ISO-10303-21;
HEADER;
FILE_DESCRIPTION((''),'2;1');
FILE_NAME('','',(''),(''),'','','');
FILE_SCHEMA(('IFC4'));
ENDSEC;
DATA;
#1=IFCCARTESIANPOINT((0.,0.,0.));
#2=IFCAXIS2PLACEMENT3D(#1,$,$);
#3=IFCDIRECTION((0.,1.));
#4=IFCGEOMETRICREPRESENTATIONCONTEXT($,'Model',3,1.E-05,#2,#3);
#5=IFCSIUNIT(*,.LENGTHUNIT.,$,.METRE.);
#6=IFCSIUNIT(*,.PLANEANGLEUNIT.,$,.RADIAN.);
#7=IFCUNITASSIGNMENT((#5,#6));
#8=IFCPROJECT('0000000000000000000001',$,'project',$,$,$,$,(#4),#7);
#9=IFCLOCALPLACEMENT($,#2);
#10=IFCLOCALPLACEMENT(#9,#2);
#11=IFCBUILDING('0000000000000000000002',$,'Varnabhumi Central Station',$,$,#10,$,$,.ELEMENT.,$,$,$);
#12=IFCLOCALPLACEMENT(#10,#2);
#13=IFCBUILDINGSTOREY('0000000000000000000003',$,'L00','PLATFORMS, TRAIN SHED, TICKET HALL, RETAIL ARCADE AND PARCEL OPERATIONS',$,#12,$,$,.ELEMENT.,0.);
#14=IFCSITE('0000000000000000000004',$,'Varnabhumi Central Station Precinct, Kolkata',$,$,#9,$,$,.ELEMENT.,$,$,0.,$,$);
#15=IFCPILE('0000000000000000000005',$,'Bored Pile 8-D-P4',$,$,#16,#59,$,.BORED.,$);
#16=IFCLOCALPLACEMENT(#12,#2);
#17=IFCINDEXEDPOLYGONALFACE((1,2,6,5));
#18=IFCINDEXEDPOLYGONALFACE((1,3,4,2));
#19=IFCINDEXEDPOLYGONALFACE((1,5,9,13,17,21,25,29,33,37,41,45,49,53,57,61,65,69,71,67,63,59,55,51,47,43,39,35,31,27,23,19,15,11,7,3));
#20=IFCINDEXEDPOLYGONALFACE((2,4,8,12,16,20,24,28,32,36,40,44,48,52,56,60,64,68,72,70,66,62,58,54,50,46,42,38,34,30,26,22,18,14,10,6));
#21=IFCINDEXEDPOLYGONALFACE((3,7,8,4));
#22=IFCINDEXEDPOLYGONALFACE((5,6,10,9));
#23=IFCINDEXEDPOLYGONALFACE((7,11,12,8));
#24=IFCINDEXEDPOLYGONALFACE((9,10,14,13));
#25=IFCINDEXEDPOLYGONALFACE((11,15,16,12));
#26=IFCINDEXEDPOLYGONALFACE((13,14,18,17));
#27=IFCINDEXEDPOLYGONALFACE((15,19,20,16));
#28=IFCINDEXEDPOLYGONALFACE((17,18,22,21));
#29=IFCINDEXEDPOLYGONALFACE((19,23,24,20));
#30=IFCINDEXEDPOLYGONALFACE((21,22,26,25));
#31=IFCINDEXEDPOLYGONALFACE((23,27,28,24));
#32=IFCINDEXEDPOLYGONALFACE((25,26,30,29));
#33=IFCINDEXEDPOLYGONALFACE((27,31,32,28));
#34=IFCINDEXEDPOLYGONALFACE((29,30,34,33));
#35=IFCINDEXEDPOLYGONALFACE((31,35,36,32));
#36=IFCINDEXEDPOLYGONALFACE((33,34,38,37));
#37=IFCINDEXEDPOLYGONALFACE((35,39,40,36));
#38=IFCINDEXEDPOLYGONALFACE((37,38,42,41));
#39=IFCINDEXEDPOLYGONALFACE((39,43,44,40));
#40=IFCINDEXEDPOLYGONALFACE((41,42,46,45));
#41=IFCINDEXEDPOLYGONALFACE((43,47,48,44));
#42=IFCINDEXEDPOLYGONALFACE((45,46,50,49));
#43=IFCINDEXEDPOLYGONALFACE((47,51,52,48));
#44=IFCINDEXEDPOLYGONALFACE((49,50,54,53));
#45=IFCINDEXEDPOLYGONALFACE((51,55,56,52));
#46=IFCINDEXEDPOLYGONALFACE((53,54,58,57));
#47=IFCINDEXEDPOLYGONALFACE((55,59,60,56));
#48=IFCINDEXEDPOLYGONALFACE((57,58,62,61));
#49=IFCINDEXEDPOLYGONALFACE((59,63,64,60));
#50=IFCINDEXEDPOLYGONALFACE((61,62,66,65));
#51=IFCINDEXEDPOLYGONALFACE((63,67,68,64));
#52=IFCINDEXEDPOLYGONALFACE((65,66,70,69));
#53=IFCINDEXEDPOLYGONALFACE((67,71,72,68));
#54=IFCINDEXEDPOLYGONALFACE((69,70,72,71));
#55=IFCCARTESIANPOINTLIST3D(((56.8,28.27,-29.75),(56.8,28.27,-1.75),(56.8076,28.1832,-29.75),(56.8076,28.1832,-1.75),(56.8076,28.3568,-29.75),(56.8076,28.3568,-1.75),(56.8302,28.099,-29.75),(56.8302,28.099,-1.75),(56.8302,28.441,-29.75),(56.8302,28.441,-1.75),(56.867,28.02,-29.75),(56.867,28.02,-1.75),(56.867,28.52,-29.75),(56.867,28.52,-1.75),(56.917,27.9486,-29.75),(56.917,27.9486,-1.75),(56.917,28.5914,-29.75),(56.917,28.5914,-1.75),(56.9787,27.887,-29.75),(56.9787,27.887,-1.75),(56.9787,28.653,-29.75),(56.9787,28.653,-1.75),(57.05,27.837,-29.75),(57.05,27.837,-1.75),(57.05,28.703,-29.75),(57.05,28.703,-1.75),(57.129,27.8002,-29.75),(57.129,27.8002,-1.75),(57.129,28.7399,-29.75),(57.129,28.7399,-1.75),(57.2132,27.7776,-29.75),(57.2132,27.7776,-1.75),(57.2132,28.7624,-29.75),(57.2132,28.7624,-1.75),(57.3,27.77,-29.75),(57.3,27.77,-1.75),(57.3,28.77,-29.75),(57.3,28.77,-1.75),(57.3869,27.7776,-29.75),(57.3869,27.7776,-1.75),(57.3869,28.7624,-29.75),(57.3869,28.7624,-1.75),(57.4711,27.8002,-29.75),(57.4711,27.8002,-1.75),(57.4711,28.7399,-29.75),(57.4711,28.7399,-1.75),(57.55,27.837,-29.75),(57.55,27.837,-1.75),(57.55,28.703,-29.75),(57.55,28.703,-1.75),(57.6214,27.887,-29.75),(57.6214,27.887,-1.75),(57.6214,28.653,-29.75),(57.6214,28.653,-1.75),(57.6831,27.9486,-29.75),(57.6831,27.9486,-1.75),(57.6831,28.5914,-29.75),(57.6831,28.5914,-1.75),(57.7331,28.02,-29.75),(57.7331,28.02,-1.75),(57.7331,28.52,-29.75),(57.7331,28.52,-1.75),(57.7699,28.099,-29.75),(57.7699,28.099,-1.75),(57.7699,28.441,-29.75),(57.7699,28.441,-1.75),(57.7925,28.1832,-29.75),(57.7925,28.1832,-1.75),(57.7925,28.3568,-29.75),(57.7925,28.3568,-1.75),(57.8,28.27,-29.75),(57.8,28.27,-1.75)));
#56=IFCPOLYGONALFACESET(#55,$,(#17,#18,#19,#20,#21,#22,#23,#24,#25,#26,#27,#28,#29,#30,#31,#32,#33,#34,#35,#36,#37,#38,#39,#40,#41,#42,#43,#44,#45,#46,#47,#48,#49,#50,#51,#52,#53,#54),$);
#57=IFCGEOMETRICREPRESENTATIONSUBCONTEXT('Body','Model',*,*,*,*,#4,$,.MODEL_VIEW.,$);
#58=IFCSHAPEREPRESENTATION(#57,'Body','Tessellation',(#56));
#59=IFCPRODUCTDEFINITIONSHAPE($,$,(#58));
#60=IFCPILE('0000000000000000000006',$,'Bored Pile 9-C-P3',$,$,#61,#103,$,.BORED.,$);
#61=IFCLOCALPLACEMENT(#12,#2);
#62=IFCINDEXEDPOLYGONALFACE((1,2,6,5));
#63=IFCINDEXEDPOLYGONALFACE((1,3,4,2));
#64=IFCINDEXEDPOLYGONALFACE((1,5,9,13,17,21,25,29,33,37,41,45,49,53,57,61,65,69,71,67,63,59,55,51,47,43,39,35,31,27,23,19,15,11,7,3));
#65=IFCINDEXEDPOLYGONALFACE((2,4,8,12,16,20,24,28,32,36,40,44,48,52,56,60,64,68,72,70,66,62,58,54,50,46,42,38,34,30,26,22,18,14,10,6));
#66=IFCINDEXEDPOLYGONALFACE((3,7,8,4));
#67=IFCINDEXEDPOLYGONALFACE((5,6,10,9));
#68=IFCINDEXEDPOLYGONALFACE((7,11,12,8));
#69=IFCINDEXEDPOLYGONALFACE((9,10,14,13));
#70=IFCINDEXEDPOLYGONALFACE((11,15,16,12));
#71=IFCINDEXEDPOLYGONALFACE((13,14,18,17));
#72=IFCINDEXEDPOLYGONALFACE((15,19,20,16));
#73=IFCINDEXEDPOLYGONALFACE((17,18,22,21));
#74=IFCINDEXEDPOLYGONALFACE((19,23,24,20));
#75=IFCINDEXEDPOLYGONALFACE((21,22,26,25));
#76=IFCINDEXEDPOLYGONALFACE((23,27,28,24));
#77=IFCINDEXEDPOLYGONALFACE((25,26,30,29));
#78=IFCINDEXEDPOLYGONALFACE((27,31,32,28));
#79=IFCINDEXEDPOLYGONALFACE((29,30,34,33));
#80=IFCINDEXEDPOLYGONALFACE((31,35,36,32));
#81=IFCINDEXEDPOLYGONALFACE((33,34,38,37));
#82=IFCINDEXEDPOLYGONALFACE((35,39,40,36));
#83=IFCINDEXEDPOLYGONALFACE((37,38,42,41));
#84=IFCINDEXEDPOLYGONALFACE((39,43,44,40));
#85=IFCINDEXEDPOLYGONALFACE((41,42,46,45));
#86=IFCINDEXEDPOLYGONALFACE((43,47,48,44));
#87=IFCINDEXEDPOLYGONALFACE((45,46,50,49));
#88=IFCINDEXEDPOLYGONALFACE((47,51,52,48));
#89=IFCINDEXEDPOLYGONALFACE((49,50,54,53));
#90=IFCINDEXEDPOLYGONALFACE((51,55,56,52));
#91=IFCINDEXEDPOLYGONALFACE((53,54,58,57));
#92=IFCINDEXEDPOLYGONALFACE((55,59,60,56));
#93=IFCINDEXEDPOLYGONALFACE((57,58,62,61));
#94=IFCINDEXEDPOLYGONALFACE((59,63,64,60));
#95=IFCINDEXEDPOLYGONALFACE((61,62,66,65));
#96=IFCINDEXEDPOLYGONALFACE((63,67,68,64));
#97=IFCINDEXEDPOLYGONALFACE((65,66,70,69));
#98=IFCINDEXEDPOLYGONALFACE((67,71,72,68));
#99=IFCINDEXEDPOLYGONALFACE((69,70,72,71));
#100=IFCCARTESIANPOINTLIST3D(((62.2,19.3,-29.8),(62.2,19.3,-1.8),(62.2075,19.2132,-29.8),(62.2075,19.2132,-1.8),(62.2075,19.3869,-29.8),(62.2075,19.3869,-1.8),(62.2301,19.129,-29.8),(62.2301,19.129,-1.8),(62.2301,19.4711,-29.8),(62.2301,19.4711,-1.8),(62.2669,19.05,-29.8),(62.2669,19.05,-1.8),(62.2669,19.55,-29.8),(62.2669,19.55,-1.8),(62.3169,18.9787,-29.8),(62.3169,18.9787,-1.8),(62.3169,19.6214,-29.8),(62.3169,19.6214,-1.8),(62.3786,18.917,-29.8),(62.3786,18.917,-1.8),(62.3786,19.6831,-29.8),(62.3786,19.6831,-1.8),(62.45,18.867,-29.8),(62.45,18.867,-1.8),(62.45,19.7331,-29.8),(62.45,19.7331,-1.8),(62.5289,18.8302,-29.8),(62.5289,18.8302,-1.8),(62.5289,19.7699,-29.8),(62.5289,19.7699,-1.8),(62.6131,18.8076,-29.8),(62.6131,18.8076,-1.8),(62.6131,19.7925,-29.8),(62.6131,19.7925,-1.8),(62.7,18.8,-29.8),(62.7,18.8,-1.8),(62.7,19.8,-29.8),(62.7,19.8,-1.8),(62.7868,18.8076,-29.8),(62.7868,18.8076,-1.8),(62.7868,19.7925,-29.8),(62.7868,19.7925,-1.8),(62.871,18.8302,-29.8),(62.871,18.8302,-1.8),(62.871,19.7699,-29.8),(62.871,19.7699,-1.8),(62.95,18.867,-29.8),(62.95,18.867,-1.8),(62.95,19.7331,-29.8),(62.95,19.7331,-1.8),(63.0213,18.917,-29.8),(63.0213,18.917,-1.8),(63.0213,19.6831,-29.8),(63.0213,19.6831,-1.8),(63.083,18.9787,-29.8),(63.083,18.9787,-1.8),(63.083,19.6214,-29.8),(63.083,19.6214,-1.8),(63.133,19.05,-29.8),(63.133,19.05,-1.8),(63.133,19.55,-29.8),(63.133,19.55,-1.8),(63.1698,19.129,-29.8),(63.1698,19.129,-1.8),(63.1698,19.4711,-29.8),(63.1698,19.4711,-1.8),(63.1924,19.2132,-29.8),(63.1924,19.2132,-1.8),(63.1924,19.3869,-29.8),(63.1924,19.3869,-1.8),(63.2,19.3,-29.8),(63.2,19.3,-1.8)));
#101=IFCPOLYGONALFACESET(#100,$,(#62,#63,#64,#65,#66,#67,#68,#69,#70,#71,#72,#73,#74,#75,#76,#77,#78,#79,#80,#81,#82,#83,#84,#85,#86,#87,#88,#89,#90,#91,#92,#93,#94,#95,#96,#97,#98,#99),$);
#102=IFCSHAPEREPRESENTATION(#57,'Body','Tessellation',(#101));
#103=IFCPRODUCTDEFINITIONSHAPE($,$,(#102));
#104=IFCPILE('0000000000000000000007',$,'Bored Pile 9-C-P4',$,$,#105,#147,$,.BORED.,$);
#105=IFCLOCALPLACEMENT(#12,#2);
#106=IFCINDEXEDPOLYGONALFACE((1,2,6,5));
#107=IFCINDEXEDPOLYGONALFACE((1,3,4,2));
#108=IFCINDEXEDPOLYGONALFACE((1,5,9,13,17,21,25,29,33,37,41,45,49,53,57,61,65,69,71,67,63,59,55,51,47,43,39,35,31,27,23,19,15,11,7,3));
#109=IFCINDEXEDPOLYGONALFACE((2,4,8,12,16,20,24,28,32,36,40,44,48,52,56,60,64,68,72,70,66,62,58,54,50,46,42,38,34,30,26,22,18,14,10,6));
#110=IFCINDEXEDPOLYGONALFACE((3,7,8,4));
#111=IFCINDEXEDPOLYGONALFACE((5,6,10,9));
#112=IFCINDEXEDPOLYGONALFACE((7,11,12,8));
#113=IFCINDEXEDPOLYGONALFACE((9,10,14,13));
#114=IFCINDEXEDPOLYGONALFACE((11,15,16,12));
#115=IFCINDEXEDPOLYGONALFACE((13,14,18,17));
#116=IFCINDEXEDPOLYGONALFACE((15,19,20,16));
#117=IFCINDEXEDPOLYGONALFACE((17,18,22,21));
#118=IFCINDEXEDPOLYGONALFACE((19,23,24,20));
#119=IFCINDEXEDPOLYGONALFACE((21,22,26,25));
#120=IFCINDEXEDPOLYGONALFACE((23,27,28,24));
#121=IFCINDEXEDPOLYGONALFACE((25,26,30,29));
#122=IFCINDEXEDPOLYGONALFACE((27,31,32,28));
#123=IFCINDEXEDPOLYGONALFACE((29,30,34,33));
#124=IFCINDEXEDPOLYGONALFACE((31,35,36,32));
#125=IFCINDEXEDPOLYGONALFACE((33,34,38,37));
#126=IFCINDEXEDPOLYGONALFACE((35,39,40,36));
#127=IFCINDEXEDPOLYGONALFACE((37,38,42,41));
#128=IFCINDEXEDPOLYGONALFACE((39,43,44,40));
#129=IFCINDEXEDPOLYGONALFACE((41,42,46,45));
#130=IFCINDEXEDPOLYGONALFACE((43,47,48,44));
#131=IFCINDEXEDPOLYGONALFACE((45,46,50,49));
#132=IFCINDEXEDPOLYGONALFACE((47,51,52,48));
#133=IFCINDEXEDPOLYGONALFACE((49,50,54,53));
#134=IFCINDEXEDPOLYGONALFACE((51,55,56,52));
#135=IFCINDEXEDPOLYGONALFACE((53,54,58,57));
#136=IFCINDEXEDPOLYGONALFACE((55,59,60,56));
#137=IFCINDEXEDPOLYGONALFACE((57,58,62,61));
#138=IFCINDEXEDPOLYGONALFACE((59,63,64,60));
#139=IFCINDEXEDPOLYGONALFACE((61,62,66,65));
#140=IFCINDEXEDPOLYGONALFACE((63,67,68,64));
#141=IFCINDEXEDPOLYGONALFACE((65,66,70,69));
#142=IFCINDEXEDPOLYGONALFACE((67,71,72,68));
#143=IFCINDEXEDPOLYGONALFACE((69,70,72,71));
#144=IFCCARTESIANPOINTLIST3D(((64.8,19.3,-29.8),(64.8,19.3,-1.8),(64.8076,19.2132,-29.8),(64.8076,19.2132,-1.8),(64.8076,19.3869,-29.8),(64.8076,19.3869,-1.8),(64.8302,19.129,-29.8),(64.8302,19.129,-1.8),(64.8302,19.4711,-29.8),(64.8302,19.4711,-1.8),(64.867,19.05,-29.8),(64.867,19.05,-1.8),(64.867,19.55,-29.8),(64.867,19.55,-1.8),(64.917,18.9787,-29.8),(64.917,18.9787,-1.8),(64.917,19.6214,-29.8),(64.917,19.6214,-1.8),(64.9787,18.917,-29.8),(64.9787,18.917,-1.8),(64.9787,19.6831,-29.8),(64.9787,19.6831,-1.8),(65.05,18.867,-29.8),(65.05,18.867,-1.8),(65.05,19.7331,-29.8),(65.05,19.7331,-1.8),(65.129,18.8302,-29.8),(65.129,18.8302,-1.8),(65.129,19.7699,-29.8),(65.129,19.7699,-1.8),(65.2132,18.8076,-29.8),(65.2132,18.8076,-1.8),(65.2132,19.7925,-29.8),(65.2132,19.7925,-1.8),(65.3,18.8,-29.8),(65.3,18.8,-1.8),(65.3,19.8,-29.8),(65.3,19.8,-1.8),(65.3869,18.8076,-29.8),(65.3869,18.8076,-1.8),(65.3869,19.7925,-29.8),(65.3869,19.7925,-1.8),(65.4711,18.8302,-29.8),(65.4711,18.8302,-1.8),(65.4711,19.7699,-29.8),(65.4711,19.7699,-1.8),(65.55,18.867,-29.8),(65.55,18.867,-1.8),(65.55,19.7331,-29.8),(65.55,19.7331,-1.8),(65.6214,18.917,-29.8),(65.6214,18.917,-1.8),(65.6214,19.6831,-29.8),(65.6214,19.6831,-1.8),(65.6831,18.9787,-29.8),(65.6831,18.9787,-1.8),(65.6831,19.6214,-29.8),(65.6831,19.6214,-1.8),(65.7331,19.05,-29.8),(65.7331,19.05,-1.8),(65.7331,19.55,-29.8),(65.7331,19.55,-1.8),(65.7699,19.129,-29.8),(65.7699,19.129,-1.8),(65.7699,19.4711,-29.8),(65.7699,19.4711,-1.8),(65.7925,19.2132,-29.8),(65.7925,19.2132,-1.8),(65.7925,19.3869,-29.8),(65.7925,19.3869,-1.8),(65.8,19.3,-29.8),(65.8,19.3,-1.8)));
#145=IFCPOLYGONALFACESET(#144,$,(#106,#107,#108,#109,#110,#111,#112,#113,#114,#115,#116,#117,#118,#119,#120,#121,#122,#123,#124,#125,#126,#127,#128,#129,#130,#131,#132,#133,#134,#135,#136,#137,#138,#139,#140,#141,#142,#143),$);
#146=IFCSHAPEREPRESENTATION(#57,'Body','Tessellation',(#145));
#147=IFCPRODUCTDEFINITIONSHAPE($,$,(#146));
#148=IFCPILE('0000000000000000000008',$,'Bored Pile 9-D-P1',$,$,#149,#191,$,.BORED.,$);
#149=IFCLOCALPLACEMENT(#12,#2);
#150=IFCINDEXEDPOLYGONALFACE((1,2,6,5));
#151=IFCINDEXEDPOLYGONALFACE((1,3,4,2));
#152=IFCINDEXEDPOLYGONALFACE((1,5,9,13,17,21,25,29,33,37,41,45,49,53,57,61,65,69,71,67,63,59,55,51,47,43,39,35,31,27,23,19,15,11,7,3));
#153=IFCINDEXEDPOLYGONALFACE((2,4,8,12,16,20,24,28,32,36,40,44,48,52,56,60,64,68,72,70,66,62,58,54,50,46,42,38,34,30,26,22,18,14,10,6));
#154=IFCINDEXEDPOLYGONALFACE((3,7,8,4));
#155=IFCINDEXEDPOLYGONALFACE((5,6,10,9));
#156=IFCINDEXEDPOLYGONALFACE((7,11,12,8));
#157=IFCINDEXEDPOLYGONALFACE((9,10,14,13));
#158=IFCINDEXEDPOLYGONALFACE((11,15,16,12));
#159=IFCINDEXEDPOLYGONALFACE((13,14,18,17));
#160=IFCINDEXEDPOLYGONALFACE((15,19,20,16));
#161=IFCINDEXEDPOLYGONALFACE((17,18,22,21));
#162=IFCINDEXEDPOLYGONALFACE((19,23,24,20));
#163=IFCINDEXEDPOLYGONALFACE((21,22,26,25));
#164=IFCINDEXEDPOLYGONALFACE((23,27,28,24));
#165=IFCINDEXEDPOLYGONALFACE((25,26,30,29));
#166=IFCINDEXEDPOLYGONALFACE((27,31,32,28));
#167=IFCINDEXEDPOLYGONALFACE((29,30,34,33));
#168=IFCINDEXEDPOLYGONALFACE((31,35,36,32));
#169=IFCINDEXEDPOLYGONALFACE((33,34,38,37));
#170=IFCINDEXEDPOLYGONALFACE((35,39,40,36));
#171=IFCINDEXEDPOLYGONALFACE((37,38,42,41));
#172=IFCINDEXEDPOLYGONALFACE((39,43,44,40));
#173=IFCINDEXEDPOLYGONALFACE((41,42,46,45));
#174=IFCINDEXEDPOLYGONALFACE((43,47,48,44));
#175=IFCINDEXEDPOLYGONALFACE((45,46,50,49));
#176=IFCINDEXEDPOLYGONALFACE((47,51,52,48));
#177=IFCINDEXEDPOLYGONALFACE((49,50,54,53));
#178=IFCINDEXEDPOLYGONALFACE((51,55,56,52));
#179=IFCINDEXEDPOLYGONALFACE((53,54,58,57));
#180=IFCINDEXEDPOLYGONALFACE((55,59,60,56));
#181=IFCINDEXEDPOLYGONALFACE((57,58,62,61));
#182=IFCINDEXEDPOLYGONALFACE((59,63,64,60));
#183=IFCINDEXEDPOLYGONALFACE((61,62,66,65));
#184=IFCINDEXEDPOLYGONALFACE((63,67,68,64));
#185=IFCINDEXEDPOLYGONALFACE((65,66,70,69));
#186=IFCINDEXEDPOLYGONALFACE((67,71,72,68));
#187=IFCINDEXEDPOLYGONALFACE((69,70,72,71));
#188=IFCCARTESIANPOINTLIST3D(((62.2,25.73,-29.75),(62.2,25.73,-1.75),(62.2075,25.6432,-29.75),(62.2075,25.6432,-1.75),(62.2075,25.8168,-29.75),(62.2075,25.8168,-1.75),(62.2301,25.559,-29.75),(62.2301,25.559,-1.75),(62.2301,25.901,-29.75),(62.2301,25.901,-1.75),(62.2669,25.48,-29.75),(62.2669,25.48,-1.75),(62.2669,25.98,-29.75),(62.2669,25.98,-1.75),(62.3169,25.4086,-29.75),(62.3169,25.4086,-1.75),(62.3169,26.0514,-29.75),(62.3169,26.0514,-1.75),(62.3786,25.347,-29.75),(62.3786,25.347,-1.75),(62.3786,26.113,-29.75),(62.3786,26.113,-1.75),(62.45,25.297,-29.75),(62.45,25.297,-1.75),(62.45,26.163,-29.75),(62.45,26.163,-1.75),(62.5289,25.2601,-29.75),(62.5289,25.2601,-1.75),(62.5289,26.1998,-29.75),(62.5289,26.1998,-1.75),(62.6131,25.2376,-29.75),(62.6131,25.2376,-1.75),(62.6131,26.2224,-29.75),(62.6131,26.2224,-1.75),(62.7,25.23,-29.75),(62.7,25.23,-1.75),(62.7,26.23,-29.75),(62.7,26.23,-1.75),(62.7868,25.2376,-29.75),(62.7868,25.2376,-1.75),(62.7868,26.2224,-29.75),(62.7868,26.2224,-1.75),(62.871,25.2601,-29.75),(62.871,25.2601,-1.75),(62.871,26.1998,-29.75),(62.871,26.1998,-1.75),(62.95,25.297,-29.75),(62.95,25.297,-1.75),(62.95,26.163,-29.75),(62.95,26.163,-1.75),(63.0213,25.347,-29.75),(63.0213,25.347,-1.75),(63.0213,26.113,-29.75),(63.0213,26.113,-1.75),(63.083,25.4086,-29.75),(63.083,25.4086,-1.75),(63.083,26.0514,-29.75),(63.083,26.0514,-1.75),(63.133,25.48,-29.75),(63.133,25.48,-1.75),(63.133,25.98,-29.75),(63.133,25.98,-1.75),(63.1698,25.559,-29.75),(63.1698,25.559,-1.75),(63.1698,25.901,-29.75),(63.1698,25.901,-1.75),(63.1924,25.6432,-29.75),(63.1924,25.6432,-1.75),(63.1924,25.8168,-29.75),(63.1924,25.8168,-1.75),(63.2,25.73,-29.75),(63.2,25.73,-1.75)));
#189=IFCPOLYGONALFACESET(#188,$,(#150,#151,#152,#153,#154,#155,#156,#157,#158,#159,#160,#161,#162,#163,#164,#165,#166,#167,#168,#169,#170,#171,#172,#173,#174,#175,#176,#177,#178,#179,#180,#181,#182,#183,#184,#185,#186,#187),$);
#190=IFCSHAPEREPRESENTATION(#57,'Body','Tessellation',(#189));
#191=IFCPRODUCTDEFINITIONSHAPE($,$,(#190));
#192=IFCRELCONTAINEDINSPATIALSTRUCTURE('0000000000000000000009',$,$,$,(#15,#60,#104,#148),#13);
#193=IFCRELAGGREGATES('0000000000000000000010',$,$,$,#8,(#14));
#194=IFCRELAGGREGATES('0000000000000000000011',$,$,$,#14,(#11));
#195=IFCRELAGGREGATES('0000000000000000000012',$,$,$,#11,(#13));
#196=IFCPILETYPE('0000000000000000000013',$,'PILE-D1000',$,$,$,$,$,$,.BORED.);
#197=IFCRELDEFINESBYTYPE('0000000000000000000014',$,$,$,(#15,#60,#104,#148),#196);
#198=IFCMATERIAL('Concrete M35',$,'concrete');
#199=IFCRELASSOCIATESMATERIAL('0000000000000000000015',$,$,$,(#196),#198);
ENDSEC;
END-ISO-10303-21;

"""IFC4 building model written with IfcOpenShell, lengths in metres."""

from ifc_helpers import new_model, si_unit, direction, frame, origin, origin_2d, place, context, subcontext, project, spatial, circle, extrude, material, material_profile, profile_set, type_object, element, save


model = new_model("IFC4")

# Units and contexts
model_context = context("Model", 3, precision=1e-05, world=origin(), true_north=direction((0.0, 1.0)))
body_context = subcontext(model_context, "Body", "Model", "MODEL_VIEW")
ifc_project = project(units=[si_unit("LENGTHUNIT", "METRE"), si_unit("PLANEANGLEUNIT", "RADIAN")], contexts=[model_context])

# Site, building, storey
site_placement = place(None, origin())
site = spatial("IfcSite", under=ifc_project, at=site_placement, Name="Varnabhumi Central Station Precinct, Kolkata", CompositionType="ELEMENT", RefElevation=0.0)
building_placement = place(site_placement, origin())
building = spatial("IfcBuilding", under=site, at=building_placement, Name="Varnabhumi Central Station", CompositionType="ELEMENT")
storey_placement = place(building_placement, origin())
storey = spatial("IfcBuildingStorey", under=building, at=storey_placement, Name="L00", Description="PLATFORMS, TRAIN SHED, TICKET HALL, RETAIL ARCADE AND PARCEL OPERATIONS", CompositionType="ELEMENT", Elevation=0.0)

# Piles
ifc_material_1 = material(Name="Concrete M35", Category="concrete")
ifc_material_profile_1 = material_profile(ifc_material_1, circle(Radius=0.5, at=origin_2d()), Name="Concrete M35", Category="concrete")
ifc_profile_set_1 = profile_set([ifc_material_profile_1], Name="Concrete M35")
pile_type = type_object("IfcPileType", Name="PILE-D1000", PredefinedType="BORED", material=ifc_profile_set_1)
for number, where, z_axis, x_axis, name in (
    (1, (57.3, 28.27, -1.75), (0.0, 0.0, -1.0), (1.0, 0.0, 0.0), "Bored Pile 8-D-P4"),
    (2, (62.7, 19.3, -1.8), (0.0, 0.0, -1.0), (1.0, 0.0, 0.0), "Bored Pile 9-C-P3"),
    (3, (65.3, 19.3, -1.8), (0.0, 0.0, -1.0), (1.0, 0.0, 0.0), "Bored Pile 9-C-P4"),
    (4, (62.7, 25.73, -1.75), (0.0, 0.0, -1.0), (1.0, 0.0, 0.0), "Bored Pile 9-D-P1"),
):
    element("IfcPile", number, at=place(storey_placement, frame(where, z_axis=z_axis, x_axis=x_axis)), inside=storey, type_object=pile_type, Name=name, PredefinedType="BORED", context=body_context, shape_type="SweptSolid", body=[
        extrude(circle(Radius=0.5, at=origin_2d()), origin(), (0.0, 0.0, 1.0), 28.0),
    ])

save(model, "model.ifc")
